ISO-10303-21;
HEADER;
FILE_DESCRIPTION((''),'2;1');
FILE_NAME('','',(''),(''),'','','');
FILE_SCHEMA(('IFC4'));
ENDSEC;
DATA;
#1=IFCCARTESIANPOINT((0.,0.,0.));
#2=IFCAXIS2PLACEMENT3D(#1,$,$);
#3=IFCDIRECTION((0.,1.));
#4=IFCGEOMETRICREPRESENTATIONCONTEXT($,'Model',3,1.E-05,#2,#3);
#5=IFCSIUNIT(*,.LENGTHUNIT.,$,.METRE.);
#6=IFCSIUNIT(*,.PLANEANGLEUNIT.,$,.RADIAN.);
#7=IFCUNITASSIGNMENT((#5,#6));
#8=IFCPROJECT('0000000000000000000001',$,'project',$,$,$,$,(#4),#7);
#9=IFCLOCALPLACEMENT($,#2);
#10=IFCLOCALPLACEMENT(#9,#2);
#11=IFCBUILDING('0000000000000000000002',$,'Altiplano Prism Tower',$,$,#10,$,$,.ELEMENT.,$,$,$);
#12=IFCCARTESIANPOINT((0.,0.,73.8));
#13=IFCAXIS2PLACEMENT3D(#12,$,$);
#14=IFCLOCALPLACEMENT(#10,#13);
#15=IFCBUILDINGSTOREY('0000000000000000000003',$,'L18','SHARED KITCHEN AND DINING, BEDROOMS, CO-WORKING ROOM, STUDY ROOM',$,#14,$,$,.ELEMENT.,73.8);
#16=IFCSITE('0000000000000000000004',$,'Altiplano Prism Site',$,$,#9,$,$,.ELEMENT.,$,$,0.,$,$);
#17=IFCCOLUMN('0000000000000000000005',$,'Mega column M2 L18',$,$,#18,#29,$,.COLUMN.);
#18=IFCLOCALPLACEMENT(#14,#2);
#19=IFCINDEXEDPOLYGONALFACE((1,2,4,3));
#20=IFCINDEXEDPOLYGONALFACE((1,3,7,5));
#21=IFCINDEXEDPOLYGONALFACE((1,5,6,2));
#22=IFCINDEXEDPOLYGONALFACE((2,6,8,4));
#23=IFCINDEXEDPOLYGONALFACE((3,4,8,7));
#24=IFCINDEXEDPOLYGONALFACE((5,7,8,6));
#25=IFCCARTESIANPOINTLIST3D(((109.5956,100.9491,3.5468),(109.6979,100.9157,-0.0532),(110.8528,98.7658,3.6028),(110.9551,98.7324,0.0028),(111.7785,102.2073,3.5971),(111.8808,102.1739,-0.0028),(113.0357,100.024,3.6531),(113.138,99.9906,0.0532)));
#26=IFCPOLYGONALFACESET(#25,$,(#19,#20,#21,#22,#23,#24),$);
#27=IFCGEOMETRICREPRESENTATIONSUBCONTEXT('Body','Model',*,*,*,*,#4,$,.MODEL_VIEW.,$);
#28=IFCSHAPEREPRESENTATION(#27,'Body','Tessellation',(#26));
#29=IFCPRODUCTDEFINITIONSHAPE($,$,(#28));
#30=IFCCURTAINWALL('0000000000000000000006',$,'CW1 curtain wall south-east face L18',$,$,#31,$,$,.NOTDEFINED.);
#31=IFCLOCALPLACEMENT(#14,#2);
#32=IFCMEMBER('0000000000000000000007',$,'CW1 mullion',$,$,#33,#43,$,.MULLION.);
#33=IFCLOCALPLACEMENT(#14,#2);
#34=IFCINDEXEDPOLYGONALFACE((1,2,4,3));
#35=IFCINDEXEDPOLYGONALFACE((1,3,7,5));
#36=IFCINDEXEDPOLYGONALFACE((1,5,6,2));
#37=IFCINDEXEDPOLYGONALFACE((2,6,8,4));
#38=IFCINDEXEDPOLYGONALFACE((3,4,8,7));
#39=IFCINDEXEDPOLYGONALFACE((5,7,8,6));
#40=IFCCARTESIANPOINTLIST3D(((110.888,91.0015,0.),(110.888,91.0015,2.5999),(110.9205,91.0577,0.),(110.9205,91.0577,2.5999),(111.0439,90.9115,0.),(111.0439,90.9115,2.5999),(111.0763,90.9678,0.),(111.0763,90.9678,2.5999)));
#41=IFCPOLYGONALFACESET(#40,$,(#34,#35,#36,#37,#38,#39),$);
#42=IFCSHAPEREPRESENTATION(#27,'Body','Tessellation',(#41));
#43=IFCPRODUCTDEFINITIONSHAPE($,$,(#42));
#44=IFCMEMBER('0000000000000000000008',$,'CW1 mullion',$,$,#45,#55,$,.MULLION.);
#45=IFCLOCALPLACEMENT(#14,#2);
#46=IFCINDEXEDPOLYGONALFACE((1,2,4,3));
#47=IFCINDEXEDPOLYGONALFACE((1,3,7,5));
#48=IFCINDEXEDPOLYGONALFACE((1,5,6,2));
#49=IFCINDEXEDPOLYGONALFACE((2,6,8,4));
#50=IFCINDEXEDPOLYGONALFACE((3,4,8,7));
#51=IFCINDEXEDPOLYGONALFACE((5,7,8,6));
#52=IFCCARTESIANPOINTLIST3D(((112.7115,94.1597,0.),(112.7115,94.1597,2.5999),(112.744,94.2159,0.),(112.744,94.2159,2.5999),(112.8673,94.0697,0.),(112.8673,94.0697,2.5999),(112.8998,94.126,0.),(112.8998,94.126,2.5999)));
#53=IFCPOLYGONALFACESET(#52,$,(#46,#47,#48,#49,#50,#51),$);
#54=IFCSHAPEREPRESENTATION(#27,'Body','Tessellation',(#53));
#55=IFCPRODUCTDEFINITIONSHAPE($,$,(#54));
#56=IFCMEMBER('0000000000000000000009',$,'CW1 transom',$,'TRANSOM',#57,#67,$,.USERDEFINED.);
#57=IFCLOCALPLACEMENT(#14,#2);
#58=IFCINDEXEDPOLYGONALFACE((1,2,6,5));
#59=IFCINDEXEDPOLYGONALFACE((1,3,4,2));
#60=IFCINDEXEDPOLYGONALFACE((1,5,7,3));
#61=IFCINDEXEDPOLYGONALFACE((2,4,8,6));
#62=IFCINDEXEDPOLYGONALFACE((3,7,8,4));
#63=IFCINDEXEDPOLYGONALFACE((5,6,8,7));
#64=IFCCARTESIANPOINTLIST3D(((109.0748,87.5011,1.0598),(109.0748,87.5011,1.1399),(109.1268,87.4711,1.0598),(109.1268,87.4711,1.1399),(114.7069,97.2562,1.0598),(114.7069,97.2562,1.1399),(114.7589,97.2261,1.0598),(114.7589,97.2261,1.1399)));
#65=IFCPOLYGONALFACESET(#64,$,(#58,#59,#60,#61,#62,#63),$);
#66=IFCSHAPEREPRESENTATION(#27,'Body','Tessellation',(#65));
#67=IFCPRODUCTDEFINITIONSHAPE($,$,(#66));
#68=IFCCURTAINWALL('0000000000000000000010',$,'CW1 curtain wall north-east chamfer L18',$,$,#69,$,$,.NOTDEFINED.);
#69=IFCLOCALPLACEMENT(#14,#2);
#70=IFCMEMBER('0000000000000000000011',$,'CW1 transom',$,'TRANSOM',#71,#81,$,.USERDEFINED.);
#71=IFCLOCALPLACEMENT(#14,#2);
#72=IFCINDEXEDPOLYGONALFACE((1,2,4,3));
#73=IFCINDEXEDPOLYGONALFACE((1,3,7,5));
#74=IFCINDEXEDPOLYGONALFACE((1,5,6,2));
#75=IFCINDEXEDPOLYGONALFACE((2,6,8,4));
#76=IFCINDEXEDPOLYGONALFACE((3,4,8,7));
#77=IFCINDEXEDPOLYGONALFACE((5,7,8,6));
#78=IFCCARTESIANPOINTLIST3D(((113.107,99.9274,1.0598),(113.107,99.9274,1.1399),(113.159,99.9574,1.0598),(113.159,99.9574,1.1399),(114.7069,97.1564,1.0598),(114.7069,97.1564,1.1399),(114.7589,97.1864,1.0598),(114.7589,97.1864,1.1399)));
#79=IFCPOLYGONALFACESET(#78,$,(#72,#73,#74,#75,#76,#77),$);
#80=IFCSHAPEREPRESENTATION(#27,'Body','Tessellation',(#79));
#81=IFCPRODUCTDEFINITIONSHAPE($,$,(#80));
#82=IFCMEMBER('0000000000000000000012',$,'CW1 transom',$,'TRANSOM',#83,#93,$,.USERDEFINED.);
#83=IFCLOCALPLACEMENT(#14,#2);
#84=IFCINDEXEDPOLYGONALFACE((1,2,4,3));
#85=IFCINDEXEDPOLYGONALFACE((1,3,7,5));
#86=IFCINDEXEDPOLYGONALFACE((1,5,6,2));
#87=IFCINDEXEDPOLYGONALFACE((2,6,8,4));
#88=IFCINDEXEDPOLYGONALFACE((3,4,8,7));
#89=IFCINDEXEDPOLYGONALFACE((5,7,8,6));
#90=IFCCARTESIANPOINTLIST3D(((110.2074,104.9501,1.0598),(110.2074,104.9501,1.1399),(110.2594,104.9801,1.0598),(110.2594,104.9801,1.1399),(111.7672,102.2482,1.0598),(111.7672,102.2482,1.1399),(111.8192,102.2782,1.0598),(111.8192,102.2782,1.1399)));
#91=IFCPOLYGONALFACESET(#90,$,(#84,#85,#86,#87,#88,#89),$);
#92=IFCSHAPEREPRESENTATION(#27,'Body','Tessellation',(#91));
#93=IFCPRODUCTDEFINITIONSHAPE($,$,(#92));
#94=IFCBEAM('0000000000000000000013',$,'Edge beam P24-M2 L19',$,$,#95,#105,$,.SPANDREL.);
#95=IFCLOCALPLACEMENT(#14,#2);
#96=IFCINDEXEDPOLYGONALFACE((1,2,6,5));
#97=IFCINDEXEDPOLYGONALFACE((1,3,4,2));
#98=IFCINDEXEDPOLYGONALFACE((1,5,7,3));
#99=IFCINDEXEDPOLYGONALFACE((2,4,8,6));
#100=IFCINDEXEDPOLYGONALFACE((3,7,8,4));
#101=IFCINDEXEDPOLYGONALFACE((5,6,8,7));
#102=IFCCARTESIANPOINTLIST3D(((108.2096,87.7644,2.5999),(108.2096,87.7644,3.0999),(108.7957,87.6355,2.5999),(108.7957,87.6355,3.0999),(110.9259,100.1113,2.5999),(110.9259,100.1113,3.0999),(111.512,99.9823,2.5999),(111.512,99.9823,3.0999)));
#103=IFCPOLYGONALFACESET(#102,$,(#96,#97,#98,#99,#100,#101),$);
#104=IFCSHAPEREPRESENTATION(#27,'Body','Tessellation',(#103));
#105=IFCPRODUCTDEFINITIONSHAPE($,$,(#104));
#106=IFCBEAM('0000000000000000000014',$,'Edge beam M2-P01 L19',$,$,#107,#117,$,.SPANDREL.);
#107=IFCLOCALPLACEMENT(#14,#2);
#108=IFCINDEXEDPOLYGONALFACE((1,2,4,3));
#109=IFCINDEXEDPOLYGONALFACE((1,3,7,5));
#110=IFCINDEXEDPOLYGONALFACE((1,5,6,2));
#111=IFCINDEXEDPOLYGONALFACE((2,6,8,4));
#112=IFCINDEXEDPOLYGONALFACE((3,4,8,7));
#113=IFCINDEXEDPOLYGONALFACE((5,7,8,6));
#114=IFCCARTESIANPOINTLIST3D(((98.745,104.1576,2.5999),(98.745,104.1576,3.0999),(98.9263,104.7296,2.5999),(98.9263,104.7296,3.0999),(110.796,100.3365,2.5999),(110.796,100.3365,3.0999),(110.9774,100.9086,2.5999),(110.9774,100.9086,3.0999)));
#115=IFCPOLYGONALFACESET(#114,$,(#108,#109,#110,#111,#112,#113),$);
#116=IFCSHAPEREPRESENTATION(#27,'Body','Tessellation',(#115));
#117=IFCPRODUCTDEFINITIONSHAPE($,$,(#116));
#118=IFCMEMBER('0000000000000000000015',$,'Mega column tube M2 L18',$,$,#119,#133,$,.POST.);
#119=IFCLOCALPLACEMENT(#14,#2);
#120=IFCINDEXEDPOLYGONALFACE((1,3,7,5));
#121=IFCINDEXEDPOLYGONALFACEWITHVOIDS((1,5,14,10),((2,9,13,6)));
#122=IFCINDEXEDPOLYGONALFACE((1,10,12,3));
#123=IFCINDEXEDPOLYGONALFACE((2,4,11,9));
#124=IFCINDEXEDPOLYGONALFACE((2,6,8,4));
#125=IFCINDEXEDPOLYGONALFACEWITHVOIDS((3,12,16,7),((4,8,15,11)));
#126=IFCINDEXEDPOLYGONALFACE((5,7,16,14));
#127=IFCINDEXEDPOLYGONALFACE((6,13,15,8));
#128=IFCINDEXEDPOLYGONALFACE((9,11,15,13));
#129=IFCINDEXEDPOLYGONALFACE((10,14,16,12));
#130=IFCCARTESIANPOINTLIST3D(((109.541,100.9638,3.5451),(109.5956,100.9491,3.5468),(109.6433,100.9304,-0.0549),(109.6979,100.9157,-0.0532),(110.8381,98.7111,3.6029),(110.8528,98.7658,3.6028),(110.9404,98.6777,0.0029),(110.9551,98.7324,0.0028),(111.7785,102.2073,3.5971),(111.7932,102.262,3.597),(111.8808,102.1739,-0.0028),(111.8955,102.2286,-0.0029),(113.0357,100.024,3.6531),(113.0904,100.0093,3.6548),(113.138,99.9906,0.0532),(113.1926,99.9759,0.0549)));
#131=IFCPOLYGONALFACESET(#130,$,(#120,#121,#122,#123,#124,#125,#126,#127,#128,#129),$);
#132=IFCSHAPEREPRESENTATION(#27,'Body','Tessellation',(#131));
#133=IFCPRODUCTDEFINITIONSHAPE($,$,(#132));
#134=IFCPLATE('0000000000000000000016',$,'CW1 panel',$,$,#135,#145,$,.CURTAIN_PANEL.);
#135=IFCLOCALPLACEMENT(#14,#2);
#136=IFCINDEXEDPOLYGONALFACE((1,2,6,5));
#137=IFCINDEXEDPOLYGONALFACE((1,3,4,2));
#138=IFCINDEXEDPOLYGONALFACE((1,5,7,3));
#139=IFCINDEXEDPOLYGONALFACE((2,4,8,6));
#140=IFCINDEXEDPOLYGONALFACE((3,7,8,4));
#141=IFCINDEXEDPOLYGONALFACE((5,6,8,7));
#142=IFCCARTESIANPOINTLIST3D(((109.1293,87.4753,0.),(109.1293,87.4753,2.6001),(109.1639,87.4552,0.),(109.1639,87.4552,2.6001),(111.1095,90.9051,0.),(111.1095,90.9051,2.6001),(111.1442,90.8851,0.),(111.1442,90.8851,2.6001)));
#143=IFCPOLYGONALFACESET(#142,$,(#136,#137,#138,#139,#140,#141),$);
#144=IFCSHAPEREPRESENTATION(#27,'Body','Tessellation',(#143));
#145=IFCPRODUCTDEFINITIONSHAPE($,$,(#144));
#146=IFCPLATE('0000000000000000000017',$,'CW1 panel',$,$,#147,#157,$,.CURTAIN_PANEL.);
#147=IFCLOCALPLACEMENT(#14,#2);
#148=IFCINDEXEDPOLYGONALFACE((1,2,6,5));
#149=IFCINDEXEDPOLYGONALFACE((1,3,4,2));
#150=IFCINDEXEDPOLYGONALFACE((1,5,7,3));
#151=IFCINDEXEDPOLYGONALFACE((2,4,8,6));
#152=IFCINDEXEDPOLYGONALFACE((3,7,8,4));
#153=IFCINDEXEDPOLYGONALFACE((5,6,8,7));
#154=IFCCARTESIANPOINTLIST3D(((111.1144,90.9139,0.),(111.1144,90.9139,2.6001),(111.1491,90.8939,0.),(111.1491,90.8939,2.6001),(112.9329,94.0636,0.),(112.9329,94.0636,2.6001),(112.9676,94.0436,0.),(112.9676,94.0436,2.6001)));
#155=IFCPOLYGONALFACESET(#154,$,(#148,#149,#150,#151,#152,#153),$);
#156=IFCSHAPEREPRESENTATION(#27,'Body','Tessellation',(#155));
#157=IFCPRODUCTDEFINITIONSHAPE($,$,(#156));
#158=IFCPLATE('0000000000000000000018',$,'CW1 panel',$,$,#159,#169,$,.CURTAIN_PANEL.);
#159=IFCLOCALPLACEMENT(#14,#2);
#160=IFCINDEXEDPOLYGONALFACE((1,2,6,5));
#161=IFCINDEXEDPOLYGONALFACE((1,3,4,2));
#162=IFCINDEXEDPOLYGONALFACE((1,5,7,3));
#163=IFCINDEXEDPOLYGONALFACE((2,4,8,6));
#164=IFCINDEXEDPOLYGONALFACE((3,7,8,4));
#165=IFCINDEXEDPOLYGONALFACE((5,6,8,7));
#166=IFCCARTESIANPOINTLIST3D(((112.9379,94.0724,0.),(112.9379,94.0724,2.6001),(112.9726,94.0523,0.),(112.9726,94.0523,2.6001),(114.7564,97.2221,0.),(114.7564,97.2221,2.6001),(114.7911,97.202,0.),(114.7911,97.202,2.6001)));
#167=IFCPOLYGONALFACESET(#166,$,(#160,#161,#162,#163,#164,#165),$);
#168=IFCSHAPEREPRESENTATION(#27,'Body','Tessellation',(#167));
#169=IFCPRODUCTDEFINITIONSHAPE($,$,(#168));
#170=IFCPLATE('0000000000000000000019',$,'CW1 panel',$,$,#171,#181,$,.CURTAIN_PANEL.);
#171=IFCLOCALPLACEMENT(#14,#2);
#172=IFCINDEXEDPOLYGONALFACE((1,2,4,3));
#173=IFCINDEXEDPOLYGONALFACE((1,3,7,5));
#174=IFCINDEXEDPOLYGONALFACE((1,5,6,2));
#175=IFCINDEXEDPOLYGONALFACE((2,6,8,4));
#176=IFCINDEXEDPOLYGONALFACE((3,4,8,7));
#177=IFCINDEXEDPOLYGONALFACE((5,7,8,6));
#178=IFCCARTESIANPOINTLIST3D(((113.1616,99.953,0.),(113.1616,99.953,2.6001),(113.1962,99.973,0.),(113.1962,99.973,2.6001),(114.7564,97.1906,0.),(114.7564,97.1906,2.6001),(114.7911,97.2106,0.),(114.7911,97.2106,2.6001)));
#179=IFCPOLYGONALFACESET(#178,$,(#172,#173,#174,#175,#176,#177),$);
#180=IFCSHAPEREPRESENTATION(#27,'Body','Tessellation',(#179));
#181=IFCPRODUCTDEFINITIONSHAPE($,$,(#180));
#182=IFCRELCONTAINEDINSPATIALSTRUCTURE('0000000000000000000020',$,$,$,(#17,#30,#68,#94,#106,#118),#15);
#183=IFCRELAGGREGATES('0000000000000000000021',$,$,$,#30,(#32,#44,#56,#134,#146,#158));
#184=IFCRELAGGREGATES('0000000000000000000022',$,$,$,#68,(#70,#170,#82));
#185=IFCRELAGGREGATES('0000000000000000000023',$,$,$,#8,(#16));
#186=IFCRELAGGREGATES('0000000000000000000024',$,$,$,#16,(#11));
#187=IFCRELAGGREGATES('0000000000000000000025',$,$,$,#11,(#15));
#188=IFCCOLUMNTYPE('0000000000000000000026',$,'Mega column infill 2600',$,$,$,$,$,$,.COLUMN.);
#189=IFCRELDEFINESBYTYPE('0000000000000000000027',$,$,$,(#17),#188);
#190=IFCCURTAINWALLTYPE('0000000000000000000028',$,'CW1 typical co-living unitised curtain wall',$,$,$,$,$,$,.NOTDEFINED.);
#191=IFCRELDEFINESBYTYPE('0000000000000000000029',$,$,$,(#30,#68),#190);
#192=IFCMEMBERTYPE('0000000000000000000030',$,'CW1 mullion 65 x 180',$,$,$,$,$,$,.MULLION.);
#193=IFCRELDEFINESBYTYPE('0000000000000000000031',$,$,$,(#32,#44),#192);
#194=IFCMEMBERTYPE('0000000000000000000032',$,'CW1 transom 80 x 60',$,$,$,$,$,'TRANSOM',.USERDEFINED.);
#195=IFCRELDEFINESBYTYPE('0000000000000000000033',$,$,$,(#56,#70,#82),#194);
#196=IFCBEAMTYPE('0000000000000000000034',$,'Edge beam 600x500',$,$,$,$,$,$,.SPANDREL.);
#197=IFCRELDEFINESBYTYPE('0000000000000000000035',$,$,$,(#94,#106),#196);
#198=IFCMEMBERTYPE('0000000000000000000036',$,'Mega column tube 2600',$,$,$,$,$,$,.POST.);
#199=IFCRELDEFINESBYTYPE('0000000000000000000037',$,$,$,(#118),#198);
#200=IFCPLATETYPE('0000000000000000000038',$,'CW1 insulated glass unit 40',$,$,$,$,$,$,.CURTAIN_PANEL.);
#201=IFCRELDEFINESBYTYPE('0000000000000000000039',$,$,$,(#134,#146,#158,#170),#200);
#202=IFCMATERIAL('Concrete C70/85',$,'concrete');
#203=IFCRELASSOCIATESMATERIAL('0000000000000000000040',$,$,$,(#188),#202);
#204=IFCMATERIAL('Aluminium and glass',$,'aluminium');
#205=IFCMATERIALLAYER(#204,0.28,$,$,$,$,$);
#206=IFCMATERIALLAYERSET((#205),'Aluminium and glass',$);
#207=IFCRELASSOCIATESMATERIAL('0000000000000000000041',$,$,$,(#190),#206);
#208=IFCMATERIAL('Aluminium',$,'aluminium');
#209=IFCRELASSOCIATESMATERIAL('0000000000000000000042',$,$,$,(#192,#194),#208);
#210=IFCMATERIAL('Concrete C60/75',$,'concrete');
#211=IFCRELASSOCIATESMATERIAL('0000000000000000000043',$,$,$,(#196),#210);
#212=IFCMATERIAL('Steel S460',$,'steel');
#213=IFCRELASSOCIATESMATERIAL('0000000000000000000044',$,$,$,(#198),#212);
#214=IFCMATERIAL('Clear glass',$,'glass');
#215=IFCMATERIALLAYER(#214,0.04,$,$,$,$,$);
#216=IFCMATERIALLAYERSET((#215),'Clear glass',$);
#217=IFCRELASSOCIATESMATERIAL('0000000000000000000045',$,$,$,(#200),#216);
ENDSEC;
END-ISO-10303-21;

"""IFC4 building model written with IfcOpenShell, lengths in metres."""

from ifc_helpers import new_model, si_unit, direction, frame, origin, origin_2d, place, context, subcontext, project, spatial, rectangle, hollow_rectangle, extrude, material, layer, layer_set, material_profile, profile_set, type_object, element, aggregate, save


model = new_model("IFC4")

# Units and contexts
model_context = context("Model", 3, precision=1e-05, world=origin(), true_north=direction((0.0, 1.0)))
body_context = subcontext(model_context, "Body", "Model", "MODEL_VIEW")
ifc_project = project(units=[si_unit("LENGTHUNIT", "METRE"), si_unit("PLANEANGLEUNIT", "RADIAN")], contexts=[model_context])

# Site, building, storey
site_placement = place(None, origin())
site = spatial("IfcSite", under=ifc_project, at=site_placement, Name="Altiplano Prism Site", CompositionType="ELEMENT", RefElevation=0.0)
building_placement = place(site_placement, origin())
building = spatial("IfcBuilding", under=site, at=building_placement, Name="Altiplano Prism Tower", CompositionType="ELEMENT")
storey_placement = place(building_placement, frame((0.0, 0.0, 73.8)))
storey = spatial("IfcBuildingStorey", under=building, at=storey_placement, Name="L18", Description="SHARED KITCHEN AND DINING, BEDROOMS, CO-WORKING ROOM, STUDY ROOM", CompositionType="ELEMENT", Elevation=73.8)

# Column
ifc_material_1 = material(Name="Concrete C70/85", Category="concrete")
ifc_material_profile_1 = material_profile(ifc_material_1, rectangle(XDim=2.52, YDim=2.52, at=origin_2d()), Name="Mega column infill 2600")
ifc_profile_set_1 = profile_set([ifc_material_profile_1], Name="Concrete C70/85")
column_type = type_object("IfcColumnType", Name="Mega column infill 2600", PredefinedType="COLUMN", material=ifc_profile_set_1)
column_placement = place(storey_placement, frame((111.418, 100.4531, 0.0), z_axis=(-0.028404, 0.009287, 0.999553), x_axis=(0.498884, -0.866384, 0.022226)))
element("IfcColumn", 1, at=column_placement, inside=storey, type_object=column_type, Name="Mega column M2 L18", PredefinedType="COLUMN", context=body_context, shape_type="SweptSolid", body=[
    extrude(rectangle(XDim=2.52, YDim=2.52, at=origin_2d()), origin(), (0.0, 0.0, 1.0), 3.6016),
])

# Curtain walls, members
ifc_material_2 = material(Name="Aluminium and glass", Category="aluminium")
ifc_layer_1 = layer(ifc_material_2, 0.28)
ifc_layer_set_1 = layer_set([ifc_layer_1], Name="Aluminium and glass")
curtain_wall_type = type_object("IfcCurtainWallType", Name="CW1 typical co-living unitised curtain wall", PredefinedType="NOTDEFINED", material=ifc_layer_set_1)
curtain_wall_1_placement = place(storey_placement, origin())
curtain_wall_1 = element("IfcCurtainWall", 2, at=curtain_wall_1_placement, inside=storey, type_object=curtain_wall_type, Name="CW1 curtain wall south-east face L18", PredefinedType="NOTDEFINED")
ifc_material_3 = material(Name="Aluminium", Category="aluminium")
ifc_material_profile_2 = material_profile(ifc_material_3, rectangle(XDim=0.1799, YDim=0.0649, at=origin_2d()), Name="CW1 mullion 65 x 180")
ifc_profile_set_2 = profile_set([ifc_material_profile_2], Name="Aluminium")
member_type_1 = type_object("IfcMemberType", Name="CW1 mullion 65 x 180", PredefinedType="MULLION", material=ifc_profile_set_2)
member_1_placement = place(storey_placement, frame((110.9822, 90.9846, 0.0), z_axis=(0.0, 0.0, 1.0), x_axis=(-0.866025, 0.5, 0.0)))
member_1 = element("IfcMember", 3, at=member_1_placement, type_object=member_type_1, Name="CW1 mullion", PredefinedType="MULLION", context=body_context, shape_type="SweptSolid", body=[
    extrude(rectangle(XDim=0.1799, YDim=0.0649, at=origin_2d()), origin(), (0.0, 0.0, 1.0), 2.5999),
])
member_2_placement = place(storey_placement, frame((112.8057, 94.1428, 0.0), z_axis=(0.0, 0.0, 1.0), x_axis=(-0.866025, 0.5, 0.0)))
member_2 = element("IfcMember", 4, at=member_2_placement, type_object=member_type_1, Name="CW1 mullion", PredefinedType="MULLION", context=body_context, shape_type="SweptSolid", body=[
    extrude(rectangle(XDim=0.1799, YDim=0.0649, at=origin_2d()), origin(), (0.0, 0.0, 1.0), 2.5999),
])
ifc_material_profile_3 = material_profile(ifc_material_3, rectangle(XDim=0.0601, YDim=0.0801, at=origin_2d()), Name="CW1 transom 80 x 60")
ifc_profile_set_3 = profile_set([ifc_material_profile_3], Name="Aluminium")
member_type_2 = type_object("IfcMemberType", Name="CW1 transom 80 x 60", ElementType="TRANSOM", PredefinedType="USERDEFINED", material=ifc_profile_set_3)
member_3_placement = place(storey_placement, frame((109.1008, 87.4861, 1.0999), z_axis=(0.499997, 0.866027, 0.0), x_axis=(-0.866027, 0.499997, 0.0)))
member_3 = element("IfcMember", 5, at=member_3_placement, type_object=member_type_2, Name="CW1 transom", ObjectType="TRANSOM", PredefinedType="USERDEFINED", context=body_context, shape_type="SweptSolid", body=[
    extrude(rectangle(XDim=0.0601, YDim=0.0801, at=origin_2d()), origin(), (0.0, 0.0, 1.0), 11.2642),
])
curtain_wall_2_placement = place(storey_placement, origin())
curtain_wall_2 = element("IfcCurtainWall", 6, at=curtain_wall_2_placement, inside=storey, type_object=curtain_wall_type, Name="CW1 curtain wall north-east chamfer L18", PredefinedType="NOTDEFINED")
member_4_placement = place(storey_placement, frame((114.7329, 97.1714, 1.0999), z_axis=(-0.500004, 0.866023, 0.0), x_axis=(-0.866023, -0.500004, 0.0)))
member_4 = element("IfcMember", 7, at=member_4_placement, type_object=member_type_2, Name="CW1 transom", ObjectType="TRANSOM", PredefinedType="USERDEFINED", context=body_context, shape_type="SweptSolid", body=[
    extrude(rectangle(XDim=0.0601, YDim=0.0801, at=origin_2d()), origin(), (0.0, 0.0, 1.0), 3.1997),
])
member_5_placement = place(storey_placement, frame((111.7932, 102.2632, 1.0999), z_axis=(-0.499969, 0.866044, 0.0), x_axis=(-0.866044, -0.499969, 0.0)))
member_5 = element("IfcMember", 8, at=member_5_placement, type_object=member_type_2, Name="CW1 transom", ObjectType="TRANSOM", PredefinedType="USERDEFINED", context=body_context, shape_type="SweptSolid", body=[
    extrude(rectangle(XDim=0.0601, YDim=0.0801, at=origin_2d()), origin(), (0.0, 0.0, 1.0), 3.1199),
])

# Beams
ifc_material_4 = material(Name="Concrete C60/75", Category="concrete")
ifc_material_profile_4 = material_profile(ifc_material_4, rectangle(XDim=0.6001, YDim=0.5, at=origin_2d()), Name="Edge beam 600x500")
ifc_profile_set_4 = profile_set([ifc_material_profile_4], Name="Concrete C60/75")
beam_type = type_object("IfcBeamType", Name="Edge beam 600x500", PredefinedType="SPANDREL", material=ifc_profile_set_4)
beam_1_placement = place(storey_placement, frame((108.5027, 87.7, 2.8499), z_axis=(0.214861, 0.976645, 0.0), x_axis=(-0.976645, 0.214861, 0.0)))
element("IfcBeam", 9, at=beam_1_placement, inside=storey, type_object=beam_type, Name="Edge beam P24-M2 L19", PredefinedType="SPANDREL", context=body_context, shape_type="SweptSolid", body=[
    extrude(rectangle(XDim=0.6001, YDim=0.5, at=origin_2d()), origin(), (0.0, 0.0, 1.0), 12.6421),
])
beam_2_placement = place(storey_placement, frame((110.8867, 100.6226, 2.8499), z_axis=(-0.953231, 0.302243, 0.0), x_axis=(-0.302243, -0.953231, 0.0)))
element("IfcBeam", 10, at=beam_2_placement, inside=storey, type_object=beam_type, Name="Edge beam M2-P01 L19", PredefinedType="SPANDREL", context=body_context, shape_type="SweptSolid", body=[
    extrude(rectangle(XDim=0.6001, YDim=0.5, at=origin_2d()), origin(), (0.0, 0.0, 1.0), 12.6423),
])

# Member
ifc_material_5 = material(Name="Steel S460", Category="steel")
ifc_material_profile_5 = material_profile(ifc_material_5, hollow_rectangle(XDim=2.6001, YDim=2.6001, WallThickness=0.04, at=origin_2d()), Name="Mega column tube 2600")
ifc_profile_set_5 = profile_set([ifc_material_profile_5], Name="Steel S460")
member_type_3 = type_object("IfcMemberType", Name="Mega column tube 2600", PredefinedType="POST", material=ifc_profile_set_5)
member_6_placement = place(storey_placement, frame((111.418, 100.4531, 0.0), z_axis=(-0.028404, 0.009287, 0.999553), x_axis=(0.498884, -0.866384, 0.022226)))
element("IfcMember", 11, at=member_6_placement, inside=storey, type_object=member_type_3, Name="Mega column tube M2 L18", PredefinedType="POST", context=body_context, shape_type="SweptSolid", body=[
    extrude(hollow_rectangle(XDim=2.6001, YDim=2.6001, WallThickness=0.04, at=origin_2d()), origin(), (0.0, 0.0, 1.0), 3.6016),
])

# Plates
ifc_material_6 = material(Name="Clear glass", Category="glass")
ifc_layer_2 = layer(ifc_material_6, 0.04)
ifc_layer_set_2 = layer_set([ifc_layer_2], Name="Clear glass")
plate_type = type_object("IfcPlateType", Name="CW1 insulated glass unit 40", PredefinedType="CURTAIN_PANEL", material=ifc_layer_set_2)
plate_1_placement = place(storey_placement, frame((110.1367, 89.1802, 0.0), z_axis=(0.0, 0.0, 1.0), x_axis=(0.5, 0.866025, 0.0)))
plate_1 = element("IfcPlate", 12, at=plate_1_placement, type_object=plate_type, Name="CW1 panel", PredefinedType="CURTAIN_PANEL", context=body_context, shape_type="SweptSolid", body=[
    extrude(rectangle(XDim=3.9604, YDim=0.04, at=origin_2d()), origin(), (0.0, 0.0, 1.0), 2.6001),
])
plate_2_placement = place(storey_placement, frame((112.041, 92.4788, 0.0), z_axis=(0.0, 0.0, 1.0), x_axis=(0.5, 0.866025, 0.0)))
plate_2 = element("IfcPlate", 13, at=plate_2_placement, type_object=plate_type, Name="CW1 panel", PredefinedType="CURTAIN_PANEL", context=body_context, shape_type="SweptSolid", body=[
    extrude(rectangle(XDim=3.637, YDim=0.04, at=origin_2d()), origin(), (0.0, 0.0, 1.0), 2.6001),
])
plate_3_placement = place(storey_placement, frame((113.8645, 95.6372, 0.0), z_axis=(0.0, 0.0, 1.0), x_axis=(0.5, 0.866025, 0.0)))
plate_3 = element("IfcPlate", 14, at=plate_3_placement, type_object=plate_type, Name="CW1 panel", PredefinedType="CURTAIN_PANEL", context=body_context, shape_type="SweptSolid", body=[
    extrude(rectangle(XDim=3.637, YDim=0.04, at=origin_2d()), origin(), (0.0, 0.0, 1.0), 2.6001),
])
aggregate(curtain_wall_1, [member_1, member_2, member_3, plate_1, plate_2, plate_3])
plate_4_placement = place(storey_placement, frame((113.9763, 98.5818, 0.0), z_axis=(0.0, 0.0, 1.0), x_axis=(-0.5, 0.866025, 0.0)))
plate_4 = element("IfcPlate", 15, at=plate_4_placement, type_object=plate_type, Name="CW1 panel", PredefinedType="CURTAIN_PANEL", context=body_context, shape_type="SweptSolid", body=[
    extrude(rectangle(XDim=3.1897, YDim=0.04, at=origin_2d()), origin(), (0.0, 0.0, 1.0), 2.6001),
])
aggregate(curtain_wall_2, [member_4, plate_4, member_5])

save(model, "model.ifc")
